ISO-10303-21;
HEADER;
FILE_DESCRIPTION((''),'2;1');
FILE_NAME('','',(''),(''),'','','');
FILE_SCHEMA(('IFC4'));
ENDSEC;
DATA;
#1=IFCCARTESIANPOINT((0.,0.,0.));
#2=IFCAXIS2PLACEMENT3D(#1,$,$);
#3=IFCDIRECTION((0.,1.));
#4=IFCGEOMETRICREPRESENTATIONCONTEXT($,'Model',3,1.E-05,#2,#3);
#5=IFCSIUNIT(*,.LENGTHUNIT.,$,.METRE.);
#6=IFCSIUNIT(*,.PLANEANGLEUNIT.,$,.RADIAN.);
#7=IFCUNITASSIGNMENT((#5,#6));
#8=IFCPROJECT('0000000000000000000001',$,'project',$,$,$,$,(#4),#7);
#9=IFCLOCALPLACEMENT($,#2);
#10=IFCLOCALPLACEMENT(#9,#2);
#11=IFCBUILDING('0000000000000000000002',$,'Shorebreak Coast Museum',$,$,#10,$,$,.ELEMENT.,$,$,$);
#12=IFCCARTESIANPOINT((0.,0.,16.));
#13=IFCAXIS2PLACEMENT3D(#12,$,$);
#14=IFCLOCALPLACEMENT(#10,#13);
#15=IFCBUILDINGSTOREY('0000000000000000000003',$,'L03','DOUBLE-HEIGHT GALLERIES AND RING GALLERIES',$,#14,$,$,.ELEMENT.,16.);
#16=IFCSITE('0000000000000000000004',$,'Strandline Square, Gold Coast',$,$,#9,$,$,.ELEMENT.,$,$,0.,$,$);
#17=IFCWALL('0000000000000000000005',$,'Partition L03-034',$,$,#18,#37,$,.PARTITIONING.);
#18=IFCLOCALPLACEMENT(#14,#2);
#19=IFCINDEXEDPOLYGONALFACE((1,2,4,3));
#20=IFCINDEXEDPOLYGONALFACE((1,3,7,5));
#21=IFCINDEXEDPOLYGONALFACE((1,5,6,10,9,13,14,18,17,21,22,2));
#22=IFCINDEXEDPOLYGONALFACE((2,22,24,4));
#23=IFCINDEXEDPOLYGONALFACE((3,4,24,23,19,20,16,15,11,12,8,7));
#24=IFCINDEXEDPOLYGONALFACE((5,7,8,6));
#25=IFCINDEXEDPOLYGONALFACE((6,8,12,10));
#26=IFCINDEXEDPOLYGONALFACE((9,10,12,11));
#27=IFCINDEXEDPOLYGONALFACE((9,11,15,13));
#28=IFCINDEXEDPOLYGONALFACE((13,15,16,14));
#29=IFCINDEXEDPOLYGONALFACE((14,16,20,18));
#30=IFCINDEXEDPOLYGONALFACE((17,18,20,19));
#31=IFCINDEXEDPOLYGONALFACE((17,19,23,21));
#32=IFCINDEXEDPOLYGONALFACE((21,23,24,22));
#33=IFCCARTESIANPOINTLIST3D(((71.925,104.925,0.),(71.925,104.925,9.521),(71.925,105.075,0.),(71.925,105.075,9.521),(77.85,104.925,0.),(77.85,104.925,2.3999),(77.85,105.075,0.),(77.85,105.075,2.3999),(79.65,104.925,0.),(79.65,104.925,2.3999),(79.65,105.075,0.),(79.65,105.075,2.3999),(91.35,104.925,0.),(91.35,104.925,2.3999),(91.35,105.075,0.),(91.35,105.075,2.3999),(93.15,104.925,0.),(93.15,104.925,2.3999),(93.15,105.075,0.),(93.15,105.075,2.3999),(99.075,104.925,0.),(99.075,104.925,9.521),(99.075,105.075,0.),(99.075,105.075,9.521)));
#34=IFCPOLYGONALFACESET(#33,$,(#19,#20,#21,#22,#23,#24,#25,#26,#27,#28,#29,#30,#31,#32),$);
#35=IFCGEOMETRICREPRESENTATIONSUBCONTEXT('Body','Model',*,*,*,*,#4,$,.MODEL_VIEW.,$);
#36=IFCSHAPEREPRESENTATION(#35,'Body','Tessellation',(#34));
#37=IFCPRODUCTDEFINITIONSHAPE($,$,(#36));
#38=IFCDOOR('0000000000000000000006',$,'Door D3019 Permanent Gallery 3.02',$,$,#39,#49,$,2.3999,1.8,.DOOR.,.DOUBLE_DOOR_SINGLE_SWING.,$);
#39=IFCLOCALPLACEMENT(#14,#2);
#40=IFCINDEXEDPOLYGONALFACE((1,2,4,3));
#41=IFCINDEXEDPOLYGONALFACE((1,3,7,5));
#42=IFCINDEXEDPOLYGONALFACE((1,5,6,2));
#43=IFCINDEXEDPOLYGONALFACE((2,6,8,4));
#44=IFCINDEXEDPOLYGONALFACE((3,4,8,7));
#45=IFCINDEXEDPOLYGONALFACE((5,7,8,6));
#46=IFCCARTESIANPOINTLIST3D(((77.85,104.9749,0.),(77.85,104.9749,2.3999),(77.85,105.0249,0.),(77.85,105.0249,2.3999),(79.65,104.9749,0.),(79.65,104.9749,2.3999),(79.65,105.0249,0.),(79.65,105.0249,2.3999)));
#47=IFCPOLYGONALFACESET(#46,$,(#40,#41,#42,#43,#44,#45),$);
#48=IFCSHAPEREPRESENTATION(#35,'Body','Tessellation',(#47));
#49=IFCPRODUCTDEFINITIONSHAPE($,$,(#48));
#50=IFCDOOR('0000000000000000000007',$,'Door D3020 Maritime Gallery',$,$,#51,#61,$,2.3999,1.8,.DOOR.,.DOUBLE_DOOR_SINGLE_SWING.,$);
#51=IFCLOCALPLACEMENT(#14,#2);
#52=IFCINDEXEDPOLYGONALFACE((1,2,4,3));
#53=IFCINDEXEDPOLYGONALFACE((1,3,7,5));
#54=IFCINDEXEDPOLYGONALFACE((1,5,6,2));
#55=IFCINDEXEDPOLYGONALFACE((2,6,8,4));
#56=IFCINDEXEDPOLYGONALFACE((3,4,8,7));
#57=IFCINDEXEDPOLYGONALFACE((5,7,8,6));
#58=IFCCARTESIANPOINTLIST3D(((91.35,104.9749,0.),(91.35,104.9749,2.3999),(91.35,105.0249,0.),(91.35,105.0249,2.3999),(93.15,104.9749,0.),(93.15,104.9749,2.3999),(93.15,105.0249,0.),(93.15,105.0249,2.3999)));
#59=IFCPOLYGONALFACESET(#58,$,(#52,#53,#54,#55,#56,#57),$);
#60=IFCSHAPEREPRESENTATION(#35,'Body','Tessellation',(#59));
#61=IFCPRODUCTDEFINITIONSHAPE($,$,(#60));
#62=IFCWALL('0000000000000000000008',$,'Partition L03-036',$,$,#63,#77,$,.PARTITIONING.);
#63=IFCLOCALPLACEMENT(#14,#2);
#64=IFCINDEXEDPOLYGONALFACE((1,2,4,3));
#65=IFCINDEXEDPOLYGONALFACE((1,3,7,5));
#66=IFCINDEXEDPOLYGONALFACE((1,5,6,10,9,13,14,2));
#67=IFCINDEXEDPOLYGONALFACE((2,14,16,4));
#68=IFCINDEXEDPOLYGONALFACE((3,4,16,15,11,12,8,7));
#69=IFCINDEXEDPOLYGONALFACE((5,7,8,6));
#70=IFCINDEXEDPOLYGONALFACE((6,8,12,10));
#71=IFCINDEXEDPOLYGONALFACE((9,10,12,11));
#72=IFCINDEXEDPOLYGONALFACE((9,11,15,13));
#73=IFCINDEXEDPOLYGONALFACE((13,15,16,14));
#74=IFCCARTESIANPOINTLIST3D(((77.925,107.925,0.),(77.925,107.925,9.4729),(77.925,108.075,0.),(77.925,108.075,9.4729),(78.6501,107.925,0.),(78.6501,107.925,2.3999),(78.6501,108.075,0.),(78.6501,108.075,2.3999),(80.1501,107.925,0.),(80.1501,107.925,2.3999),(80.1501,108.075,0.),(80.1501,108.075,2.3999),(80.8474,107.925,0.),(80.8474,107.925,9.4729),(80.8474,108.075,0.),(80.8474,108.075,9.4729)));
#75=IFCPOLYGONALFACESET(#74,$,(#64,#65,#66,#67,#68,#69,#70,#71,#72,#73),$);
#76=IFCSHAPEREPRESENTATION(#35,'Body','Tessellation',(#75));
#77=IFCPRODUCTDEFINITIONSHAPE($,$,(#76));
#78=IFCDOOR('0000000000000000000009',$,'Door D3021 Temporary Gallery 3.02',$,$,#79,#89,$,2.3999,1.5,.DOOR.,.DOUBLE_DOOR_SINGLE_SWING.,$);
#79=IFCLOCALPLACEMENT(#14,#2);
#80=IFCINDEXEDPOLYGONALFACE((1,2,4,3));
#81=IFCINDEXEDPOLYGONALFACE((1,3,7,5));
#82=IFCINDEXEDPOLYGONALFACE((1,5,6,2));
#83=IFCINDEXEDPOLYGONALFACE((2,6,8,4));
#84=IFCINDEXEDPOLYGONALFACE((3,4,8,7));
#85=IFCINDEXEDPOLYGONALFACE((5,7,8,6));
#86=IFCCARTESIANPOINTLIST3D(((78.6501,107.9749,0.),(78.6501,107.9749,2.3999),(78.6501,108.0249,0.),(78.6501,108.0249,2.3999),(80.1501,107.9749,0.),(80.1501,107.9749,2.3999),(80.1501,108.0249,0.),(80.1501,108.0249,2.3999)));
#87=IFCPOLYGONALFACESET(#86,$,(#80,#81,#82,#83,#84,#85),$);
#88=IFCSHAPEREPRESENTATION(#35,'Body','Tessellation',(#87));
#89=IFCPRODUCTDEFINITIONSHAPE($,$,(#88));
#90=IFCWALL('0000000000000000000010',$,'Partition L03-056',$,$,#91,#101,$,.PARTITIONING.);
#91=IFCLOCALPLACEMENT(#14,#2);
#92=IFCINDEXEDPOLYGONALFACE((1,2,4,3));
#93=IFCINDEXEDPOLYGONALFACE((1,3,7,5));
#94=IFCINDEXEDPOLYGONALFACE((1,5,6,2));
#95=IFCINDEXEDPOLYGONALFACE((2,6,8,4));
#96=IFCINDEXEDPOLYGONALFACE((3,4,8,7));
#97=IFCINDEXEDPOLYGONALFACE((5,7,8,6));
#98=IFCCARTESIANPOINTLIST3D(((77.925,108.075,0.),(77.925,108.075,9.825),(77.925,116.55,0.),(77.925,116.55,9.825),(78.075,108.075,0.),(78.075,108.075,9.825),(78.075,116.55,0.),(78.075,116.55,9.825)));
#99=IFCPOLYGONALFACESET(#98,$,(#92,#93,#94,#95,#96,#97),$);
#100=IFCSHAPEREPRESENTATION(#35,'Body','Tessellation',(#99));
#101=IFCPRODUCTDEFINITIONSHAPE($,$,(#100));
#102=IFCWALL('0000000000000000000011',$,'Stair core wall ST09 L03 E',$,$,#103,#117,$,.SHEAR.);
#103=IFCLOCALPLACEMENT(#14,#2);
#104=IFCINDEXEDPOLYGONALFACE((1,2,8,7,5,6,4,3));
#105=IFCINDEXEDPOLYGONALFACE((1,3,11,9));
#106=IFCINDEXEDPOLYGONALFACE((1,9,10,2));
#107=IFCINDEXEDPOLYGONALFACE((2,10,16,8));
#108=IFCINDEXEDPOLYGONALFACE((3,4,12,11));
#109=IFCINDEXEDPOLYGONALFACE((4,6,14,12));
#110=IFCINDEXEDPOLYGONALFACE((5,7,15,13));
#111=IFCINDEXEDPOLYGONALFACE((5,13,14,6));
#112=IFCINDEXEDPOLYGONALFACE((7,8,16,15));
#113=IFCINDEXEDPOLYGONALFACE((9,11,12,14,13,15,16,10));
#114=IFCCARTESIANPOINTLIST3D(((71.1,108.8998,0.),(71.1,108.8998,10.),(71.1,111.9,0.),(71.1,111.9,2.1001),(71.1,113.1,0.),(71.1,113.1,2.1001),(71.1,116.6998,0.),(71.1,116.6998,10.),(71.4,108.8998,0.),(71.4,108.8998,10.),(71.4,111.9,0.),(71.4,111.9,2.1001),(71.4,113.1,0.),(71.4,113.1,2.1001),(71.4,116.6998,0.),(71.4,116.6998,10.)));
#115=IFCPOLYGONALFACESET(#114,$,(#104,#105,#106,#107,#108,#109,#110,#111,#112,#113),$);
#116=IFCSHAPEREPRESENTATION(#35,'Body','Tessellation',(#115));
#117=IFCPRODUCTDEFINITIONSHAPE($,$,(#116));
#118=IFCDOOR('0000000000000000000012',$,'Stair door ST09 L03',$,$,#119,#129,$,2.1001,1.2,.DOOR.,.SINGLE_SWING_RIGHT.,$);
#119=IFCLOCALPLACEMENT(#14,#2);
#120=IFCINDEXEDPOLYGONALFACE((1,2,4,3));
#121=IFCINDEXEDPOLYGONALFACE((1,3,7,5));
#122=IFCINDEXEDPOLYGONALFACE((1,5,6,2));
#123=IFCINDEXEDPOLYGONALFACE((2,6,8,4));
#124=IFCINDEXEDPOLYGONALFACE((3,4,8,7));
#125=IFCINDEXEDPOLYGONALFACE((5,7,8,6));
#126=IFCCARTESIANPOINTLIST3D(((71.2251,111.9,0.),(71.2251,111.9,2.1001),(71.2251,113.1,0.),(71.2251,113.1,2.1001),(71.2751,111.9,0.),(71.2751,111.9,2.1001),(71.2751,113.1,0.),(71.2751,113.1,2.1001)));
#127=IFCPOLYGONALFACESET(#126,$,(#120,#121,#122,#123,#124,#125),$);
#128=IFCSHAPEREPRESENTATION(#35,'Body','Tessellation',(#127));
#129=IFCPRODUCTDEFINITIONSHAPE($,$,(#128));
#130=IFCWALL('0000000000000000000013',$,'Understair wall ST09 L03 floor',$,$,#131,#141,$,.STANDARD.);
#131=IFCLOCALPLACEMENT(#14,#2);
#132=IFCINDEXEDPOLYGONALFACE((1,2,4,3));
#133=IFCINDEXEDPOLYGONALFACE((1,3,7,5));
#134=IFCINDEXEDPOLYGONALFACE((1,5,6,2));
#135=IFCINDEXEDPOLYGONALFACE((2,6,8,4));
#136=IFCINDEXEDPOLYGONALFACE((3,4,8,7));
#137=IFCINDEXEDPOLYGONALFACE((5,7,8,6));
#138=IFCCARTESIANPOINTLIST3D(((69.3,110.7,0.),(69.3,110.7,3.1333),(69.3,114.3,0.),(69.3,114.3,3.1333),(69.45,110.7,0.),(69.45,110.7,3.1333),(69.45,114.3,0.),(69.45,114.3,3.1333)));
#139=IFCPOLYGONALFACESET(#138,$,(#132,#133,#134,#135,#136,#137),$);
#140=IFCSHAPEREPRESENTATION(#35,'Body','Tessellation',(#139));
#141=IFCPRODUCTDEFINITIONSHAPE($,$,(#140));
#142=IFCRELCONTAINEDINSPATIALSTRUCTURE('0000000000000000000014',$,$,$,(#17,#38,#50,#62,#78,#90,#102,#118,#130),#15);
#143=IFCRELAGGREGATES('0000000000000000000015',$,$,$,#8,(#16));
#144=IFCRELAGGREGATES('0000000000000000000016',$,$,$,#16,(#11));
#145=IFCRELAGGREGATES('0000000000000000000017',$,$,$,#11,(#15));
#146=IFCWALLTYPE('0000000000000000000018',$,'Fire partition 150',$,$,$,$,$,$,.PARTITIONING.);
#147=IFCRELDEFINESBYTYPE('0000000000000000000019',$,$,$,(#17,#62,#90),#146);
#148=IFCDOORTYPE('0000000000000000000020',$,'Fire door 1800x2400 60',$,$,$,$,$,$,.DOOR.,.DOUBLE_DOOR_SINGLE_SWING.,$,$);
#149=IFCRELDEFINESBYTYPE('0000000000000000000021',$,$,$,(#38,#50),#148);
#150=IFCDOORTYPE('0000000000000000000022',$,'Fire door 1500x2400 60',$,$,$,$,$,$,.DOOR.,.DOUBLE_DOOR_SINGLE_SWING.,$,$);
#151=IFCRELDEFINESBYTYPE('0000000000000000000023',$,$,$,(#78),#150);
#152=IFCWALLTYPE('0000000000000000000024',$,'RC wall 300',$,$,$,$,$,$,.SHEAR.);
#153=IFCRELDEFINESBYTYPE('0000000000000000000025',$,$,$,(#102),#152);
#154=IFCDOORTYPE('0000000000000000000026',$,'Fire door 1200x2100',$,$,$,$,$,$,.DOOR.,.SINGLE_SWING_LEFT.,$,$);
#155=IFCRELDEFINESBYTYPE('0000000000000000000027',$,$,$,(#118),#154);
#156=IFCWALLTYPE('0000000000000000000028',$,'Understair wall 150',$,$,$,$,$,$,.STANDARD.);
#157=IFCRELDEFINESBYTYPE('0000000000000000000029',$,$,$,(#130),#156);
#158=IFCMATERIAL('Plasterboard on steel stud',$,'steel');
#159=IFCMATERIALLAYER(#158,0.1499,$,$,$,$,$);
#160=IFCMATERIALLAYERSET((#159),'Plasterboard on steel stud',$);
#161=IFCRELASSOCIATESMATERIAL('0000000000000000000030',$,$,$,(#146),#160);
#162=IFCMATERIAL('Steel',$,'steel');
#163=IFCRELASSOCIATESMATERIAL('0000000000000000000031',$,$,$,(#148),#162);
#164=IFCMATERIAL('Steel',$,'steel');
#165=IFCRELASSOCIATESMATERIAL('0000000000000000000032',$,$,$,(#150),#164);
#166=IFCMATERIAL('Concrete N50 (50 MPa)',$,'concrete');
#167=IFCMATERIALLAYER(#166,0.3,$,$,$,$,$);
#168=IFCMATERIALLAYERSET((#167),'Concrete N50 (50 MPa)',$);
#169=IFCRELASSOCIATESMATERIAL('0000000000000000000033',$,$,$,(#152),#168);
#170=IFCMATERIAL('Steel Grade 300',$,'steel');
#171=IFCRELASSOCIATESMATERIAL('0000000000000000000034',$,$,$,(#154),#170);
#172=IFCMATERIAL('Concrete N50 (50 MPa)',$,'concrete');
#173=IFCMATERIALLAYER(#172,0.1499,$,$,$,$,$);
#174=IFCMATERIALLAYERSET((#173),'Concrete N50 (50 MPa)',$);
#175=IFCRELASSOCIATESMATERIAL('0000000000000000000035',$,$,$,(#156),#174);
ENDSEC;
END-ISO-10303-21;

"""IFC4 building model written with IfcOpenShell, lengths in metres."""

from ifc_helpers import new_model, si_unit, direction, frame, frame_2d, origin, place, context, subcontext, project, spatial, rectangle, extrude, material, layer, layer_set, type_object, element, fill, save


model = new_model("IFC4")

# Units and contexts
model_context = context("Model", 3, precision=1e-05, world=origin(), true_north=direction((0.0, 1.0)))
body_context = subcontext(model_context, "Body", "Model", "MODEL_VIEW")
ifc_project = project(units=[si_unit("LENGTHUNIT", "METRE"), si_unit("PLANEANGLEUNIT", "RADIAN")], contexts=[model_context])

# Site, building, storey
site_placement = place(None, origin())
site = spatial("IfcSite", under=ifc_project, at=site_placement, Name="Strandline Square, Gold Coast", CompositionType="ELEMENT", RefElevation=0.0)
building_placement = place(site_placement, origin())
building = spatial("IfcBuilding", under=site, at=building_placement, Name="Shorebreak Coast Museum", CompositionType="ELEMENT")
storey_placement = place(building_placement, frame((0.0, 0.0, 16.0)))
storey = spatial("IfcBuildingStorey", under=building, at=storey_placement, Name="L03", Description="DOUBLE-HEIGHT GALLERIES AND RING GALLERIES", CompositionType="ELEMENT", Elevation=16.0)

# Wall, openings, doors
ifc_material_1 = material(Name="Plasterboard on steel stud", Category="steel")
ifc_layer_1 = layer(ifc_material_1, 0.1499)
ifc_layer_set_1 = layer_set([ifc_layer_1], Name="Plasterboard on steel stud")
wall_type_1 = type_object("IfcWallType", Name="Fire partition 150", PredefinedType="PARTITIONING", material=ifc_layer_set_1)
wall_1_placement = place(storey_placement, frame((71.925, 105.0, 0.0), z_axis=(0.0, 0.0, 1.0), x_axis=(1.0, 0.0, 0.0)))
wall_1 = element("IfcWall", 1, at=wall_1_placement, inside=storey, type_object=wall_type_1, Name="Partition L03-034", PredefinedType="PARTITIONING", context=body_context, shape_type="SweptSolid", body=[
    extrude(rectangle(XDim=27.1499, YDim=0.1499, at=frame_2d((13.575, 0.0))), origin(), (0.0, 0.0, 1.0), 9.521),
])
opening_1_placement = place(wall_1_placement, frame((5.925, 0.0, 0.0)))
opening_1 = element("IfcOpeningElement", 2, at=opening_1_placement, cuts=wall_1, PredefinedType="OPENING", context=body_context, shape_type="SweptSolid", body=[
    extrude(rectangle(XDim=1.8, YDim=2.3999, at=frame_2d((0.8999, 1.2))), frame((0.0, 0.085, 0.0), z_axis=(0.0, -1.0, 0.0), x_axis=(1.0, 0.0, 0.0)), (0.0, 0.0, 1.0), 0.1699),
])
opening_2_placement = place(wall_1_placement, frame((19.425, 0.0, 0.0)))
opening_2 = element("IfcOpeningElement", 3, at=opening_2_placement, cuts=wall_1, PredefinedType="OPENING", context=body_context, shape_type="SweptSolid", body=[
    extrude(rectangle(XDim=1.8, YDim=2.3999, at=frame_2d((0.8999, 1.2))), frame((0.0, 0.085, 0.0), z_axis=(0.0, -1.0, 0.0), x_axis=(1.0, 0.0, 0.0)), (0.0, 0.0, 1.0), 0.1699),
])
ifc_material_2 = material(Name="Steel", Category="steel")
door_type_1 = type_object("IfcDoorType", Name="Fire door 1800x2400 60", OperationType="DOUBLE_DOOR_SINGLE_SWING", PredefinedType="DOOR", material=ifc_material_2)
door_1_placement = place(opening_1_placement, origin())
door_1 = element("IfcDoor", 4, at=door_1_placement, inside=storey, type_object=door_type_1, Name="Door D3019 Permanent Gallery 3.02", OperationType="DOUBLE_DOOR_SINGLE_SWING", OverallHeight=2.3999, OverallWidth=1.8, PredefinedType="DOOR", context=body_context, shape_type="SweptSolid", body=[
    extrude(rectangle(XDim=1.8, YDim=2.3999, at=frame_2d((0.8999, 1.2))), frame((0.0, 0.0249, 0.0), z_axis=(0.0, -1.0, 0.0), x_axis=(1.0, 0.0, 0.0)), (0.0, 0.0, 1.0), 0.05),
])
fill(opening_1, door_1)
door_2_placement = place(opening_2_placement, origin())
door_2 = element("IfcDoor", 5, at=door_2_placement, inside=storey, type_object=door_type_1, Name="Door D3020 Maritime Gallery", OperationType="DOUBLE_DOOR_SINGLE_SWING", OverallHeight=2.3999, OverallWidth=1.8, PredefinedType="DOOR", context=body_context, shape_type="SweptSolid", body=[
    extrude(rectangle(XDim=1.8, YDim=2.3999, at=frame_2d((0.8999, 1.2))), frame((0.0, 0.0249, 0.0), z_axis=(0.0, -1.0, 0.0), x_axis=(1.0, 0.0, 0.0)), (0.0, 0.0, 1.0), 0.05),
])
fill(opening_2, door_2)

# Wall, opening, door
wall_2_placement = place(storey_placement, frame((77.925, 108.0, 0.0), z_axis=(0.0, 0.0, 1.0), x_axis=(1.0, 0.0, 0.0)))
wall_2 = element("IfcWall", 6, at=wall_2_placement, inside=storey, type_object=wall_type_1, Name="Partition L03-036", PredefinedType="PARTITIONING", context=body_context, shape_type="SweptSolid", body=[
    extrude(rectangle(XDim=2.9224, YDim=0.1499, at=frame_2d((1.4612, 0.0))), origin(), (0.0, 0.0, 1.0), 9.4729),
])
opening_3_placement = place(wall_2_placement, frame((0.7251, 0.0, 0.0)))
opening_3 = element("IfcOpeningElement", 7, at=opening_3_placement, cuts=wall_2, PredefinedType="OPENING", context=body_context, shape_type="SweptSolid", body=[
    extrude(rectangle(XDim=1.5, YDim=2.3999, at=frame_2d((0.75, 1.2))), frame((0.0, 0.085, 0.0), z_axis=(0.0, -1.0, 0.0), x_axis=(1.0, 0.0, 0.0)), (0.0, 0.0, 1.0), 0.1699),
])
ifc_material_3 = material(Name="Steel", Category="steel")
door_type_2 = type_object("IfcDoorType", Name="Fire door 1500x2400 60", OperationType="DOUBLE_DOOR_SINGLE_SWING", PredefinedType="DOOR", material=ifc_material_3)
door_3_placement = place(opening_3_placement, origin())
door_3 = element("IfcDoor", 8, at=door_3_placement, inside=storey, type_object=door_type_2, Name="Door D3021 Temporary Gallery 3.02", OperationType="DOUBLE_DOOR_SINGLE_SWING", OverallHeight=2.3999, OverallWidth=1.5, PredefinedType="DOOR", context=body_context, shape_type="SweptSolid", body=[
    extrude(rectangle(XDim=1.5, YDim=2.3999, at=frame_2d((0.75, 1.2))), frame((0.0, 0.0249, 0.0), z_axis=(0.0, -1.0, 0.0), x_axis=(1.0, 0.0, 0.0)), (0.0, 0.0, 1.0), 0.05),
])
fill(opening_3, door_3)

# Wall
wall_3_placement = place(storey_placement, frame((78.0, 108.075, 0.0), z_axis=(0.0, 0.0, 1.0), x_axis=(0.0, 1.0, 0.0)))
element("IfcWall", 9, at=wall_3_placement, inside=storey, type_object=wall_type_1, Name="Partition L03-056", PredefinedType="PARTITIONING", context=body_context, shape_type="SweptSolid", body=[
    extrude(rectangle(XDim=8.4751, YDim=0.1499, at=frame_2d((4.2375, 0.0))), origin(), (0.0, 0.0, 1.0), 9.825),
])

# Wall, opening, door
ifc_material_4 = material(Name="Concrete N50 (50 MPa)", Category="concrete")
ifc_layer_2 = layer(ifc_material_4, 0.3)
ifc_layer_set_2 = layer_set([ifc_layer_2], Name="Concrete N50 (50 MPa)")
wall_type_2 = type_object("IfcWallType", Name="RC wall 300", PredefinedType="SHEAR", material=ifc_layer_set_2)
wall_4_placement = place(storey_placement, frame((71.25, 108.8999, 0.0), z_axis=(0.0, 0.0, 1.0), x_axis=(0.0, 1.0, 0.0)))
wall_4 = element("IfcWall", 10, at=wall_4_placement, inside=storey, type_object=wall_type_2, Name="Stair core wall ST09 L03 E", PredefinedType="SHEAR", context=body_context, shape_type="SweptSolid", body=[
    extrude(rectangle(XDim=7.8, YDim=0.3, at=frame_2d((3.8999, 0.0))), origin(), (0.0, 0.0, 1.0), 10.0),
])
opening_4_placement = place(wall_4_placement, frame((3.0, 0.0, 0.0)))
opening_4 = element("IfcOpeningElement", 11, at=opening_4_placement, cuts=wall_4, PredefinedType="OPENING", context=body_context, shape_type="SweptSolid", body=[
    extrude(rectangle(XDim=1.2, YDim=2.1001, at=frame_2d((0.6001, 1.05))), frame((0.0, 0.1599, 0.0), z_axis=(0.0, -1.0, 0.0), x_axis=(1.0, 0.0, 0.0)), (0.0, 0.0, 1.0), 0.3201),
])
ifc_material_5 = material(Name="Steel Grade 300", Category="steel")
door_type_3 = type_object("IfcDoorType", Name="Fire door 1200x2100", OperationType="SINGLE_SWING_LEFT", PredefinedType="DOOR", material=ifc_material_5)
door_4_placement = place(opening_4_placement, origin())
door_4 = element("IfcDoor", 12, at=door_4_placement, inside=storey, type_object=door_type_3, Name="Stair door ST09 L03", OperationType="SINGLE_SWING_RIGHT", OverallHeight=2.1001, OverallWidth=1.2, PredefinedType="DOOR", context=body_context, shape_type="SweptSolid", body=[
    extrude(rectangle(XDim=1.2, YDim=2.1001, at=frame_2d((0.6001, 1.05))), frame((0.0, 0.0249, 0.0), z_axis=(0.0, -1.0, 0.0), x_axis=(1.0, 0.0, 0.0)), (0.0, 0.0, 1.0), 0.05),
])
fill(opening_4, door_4)

# Wall
ifc_material_6 = material(Name="Concrete N50 (50 MPa)", Category="concrete")
ifc_layer_3 = layer(ifc_material_6, 0.1499)
ifc_layer_set_3 = layer_set([ifc_layer_3], Name="Concrete N50 (50 MPa)")
wall_type_3 = type_object("IfcWallType", Name="Understair wall 150", PredefinedType="STANDARD", material=ifc_layer_set_3)
wall_5_placement = place(storey_placement, frame((69.375, 110.7, 0.0), z_axis=(0.0, 0.0, 1.0), x_axis=(0.0, 1.0, 0.0)))
element("IfcWall", 13, at=wall_5_placement, inside=storey, type_object=wall_type_3, Name="Understair wall ST09 L03 floor", PredefinedType="STANDARD", context=body_context, shape_type="SweptSolid", body=[
    extrude(rectangle(XDim=3.6001, YDim=0.1499, at=frame_2d((1.8, 0.0))), origin(), (0.0, 0.0, 1.0), 3.1333),
])

save(model, "model.ifc")
